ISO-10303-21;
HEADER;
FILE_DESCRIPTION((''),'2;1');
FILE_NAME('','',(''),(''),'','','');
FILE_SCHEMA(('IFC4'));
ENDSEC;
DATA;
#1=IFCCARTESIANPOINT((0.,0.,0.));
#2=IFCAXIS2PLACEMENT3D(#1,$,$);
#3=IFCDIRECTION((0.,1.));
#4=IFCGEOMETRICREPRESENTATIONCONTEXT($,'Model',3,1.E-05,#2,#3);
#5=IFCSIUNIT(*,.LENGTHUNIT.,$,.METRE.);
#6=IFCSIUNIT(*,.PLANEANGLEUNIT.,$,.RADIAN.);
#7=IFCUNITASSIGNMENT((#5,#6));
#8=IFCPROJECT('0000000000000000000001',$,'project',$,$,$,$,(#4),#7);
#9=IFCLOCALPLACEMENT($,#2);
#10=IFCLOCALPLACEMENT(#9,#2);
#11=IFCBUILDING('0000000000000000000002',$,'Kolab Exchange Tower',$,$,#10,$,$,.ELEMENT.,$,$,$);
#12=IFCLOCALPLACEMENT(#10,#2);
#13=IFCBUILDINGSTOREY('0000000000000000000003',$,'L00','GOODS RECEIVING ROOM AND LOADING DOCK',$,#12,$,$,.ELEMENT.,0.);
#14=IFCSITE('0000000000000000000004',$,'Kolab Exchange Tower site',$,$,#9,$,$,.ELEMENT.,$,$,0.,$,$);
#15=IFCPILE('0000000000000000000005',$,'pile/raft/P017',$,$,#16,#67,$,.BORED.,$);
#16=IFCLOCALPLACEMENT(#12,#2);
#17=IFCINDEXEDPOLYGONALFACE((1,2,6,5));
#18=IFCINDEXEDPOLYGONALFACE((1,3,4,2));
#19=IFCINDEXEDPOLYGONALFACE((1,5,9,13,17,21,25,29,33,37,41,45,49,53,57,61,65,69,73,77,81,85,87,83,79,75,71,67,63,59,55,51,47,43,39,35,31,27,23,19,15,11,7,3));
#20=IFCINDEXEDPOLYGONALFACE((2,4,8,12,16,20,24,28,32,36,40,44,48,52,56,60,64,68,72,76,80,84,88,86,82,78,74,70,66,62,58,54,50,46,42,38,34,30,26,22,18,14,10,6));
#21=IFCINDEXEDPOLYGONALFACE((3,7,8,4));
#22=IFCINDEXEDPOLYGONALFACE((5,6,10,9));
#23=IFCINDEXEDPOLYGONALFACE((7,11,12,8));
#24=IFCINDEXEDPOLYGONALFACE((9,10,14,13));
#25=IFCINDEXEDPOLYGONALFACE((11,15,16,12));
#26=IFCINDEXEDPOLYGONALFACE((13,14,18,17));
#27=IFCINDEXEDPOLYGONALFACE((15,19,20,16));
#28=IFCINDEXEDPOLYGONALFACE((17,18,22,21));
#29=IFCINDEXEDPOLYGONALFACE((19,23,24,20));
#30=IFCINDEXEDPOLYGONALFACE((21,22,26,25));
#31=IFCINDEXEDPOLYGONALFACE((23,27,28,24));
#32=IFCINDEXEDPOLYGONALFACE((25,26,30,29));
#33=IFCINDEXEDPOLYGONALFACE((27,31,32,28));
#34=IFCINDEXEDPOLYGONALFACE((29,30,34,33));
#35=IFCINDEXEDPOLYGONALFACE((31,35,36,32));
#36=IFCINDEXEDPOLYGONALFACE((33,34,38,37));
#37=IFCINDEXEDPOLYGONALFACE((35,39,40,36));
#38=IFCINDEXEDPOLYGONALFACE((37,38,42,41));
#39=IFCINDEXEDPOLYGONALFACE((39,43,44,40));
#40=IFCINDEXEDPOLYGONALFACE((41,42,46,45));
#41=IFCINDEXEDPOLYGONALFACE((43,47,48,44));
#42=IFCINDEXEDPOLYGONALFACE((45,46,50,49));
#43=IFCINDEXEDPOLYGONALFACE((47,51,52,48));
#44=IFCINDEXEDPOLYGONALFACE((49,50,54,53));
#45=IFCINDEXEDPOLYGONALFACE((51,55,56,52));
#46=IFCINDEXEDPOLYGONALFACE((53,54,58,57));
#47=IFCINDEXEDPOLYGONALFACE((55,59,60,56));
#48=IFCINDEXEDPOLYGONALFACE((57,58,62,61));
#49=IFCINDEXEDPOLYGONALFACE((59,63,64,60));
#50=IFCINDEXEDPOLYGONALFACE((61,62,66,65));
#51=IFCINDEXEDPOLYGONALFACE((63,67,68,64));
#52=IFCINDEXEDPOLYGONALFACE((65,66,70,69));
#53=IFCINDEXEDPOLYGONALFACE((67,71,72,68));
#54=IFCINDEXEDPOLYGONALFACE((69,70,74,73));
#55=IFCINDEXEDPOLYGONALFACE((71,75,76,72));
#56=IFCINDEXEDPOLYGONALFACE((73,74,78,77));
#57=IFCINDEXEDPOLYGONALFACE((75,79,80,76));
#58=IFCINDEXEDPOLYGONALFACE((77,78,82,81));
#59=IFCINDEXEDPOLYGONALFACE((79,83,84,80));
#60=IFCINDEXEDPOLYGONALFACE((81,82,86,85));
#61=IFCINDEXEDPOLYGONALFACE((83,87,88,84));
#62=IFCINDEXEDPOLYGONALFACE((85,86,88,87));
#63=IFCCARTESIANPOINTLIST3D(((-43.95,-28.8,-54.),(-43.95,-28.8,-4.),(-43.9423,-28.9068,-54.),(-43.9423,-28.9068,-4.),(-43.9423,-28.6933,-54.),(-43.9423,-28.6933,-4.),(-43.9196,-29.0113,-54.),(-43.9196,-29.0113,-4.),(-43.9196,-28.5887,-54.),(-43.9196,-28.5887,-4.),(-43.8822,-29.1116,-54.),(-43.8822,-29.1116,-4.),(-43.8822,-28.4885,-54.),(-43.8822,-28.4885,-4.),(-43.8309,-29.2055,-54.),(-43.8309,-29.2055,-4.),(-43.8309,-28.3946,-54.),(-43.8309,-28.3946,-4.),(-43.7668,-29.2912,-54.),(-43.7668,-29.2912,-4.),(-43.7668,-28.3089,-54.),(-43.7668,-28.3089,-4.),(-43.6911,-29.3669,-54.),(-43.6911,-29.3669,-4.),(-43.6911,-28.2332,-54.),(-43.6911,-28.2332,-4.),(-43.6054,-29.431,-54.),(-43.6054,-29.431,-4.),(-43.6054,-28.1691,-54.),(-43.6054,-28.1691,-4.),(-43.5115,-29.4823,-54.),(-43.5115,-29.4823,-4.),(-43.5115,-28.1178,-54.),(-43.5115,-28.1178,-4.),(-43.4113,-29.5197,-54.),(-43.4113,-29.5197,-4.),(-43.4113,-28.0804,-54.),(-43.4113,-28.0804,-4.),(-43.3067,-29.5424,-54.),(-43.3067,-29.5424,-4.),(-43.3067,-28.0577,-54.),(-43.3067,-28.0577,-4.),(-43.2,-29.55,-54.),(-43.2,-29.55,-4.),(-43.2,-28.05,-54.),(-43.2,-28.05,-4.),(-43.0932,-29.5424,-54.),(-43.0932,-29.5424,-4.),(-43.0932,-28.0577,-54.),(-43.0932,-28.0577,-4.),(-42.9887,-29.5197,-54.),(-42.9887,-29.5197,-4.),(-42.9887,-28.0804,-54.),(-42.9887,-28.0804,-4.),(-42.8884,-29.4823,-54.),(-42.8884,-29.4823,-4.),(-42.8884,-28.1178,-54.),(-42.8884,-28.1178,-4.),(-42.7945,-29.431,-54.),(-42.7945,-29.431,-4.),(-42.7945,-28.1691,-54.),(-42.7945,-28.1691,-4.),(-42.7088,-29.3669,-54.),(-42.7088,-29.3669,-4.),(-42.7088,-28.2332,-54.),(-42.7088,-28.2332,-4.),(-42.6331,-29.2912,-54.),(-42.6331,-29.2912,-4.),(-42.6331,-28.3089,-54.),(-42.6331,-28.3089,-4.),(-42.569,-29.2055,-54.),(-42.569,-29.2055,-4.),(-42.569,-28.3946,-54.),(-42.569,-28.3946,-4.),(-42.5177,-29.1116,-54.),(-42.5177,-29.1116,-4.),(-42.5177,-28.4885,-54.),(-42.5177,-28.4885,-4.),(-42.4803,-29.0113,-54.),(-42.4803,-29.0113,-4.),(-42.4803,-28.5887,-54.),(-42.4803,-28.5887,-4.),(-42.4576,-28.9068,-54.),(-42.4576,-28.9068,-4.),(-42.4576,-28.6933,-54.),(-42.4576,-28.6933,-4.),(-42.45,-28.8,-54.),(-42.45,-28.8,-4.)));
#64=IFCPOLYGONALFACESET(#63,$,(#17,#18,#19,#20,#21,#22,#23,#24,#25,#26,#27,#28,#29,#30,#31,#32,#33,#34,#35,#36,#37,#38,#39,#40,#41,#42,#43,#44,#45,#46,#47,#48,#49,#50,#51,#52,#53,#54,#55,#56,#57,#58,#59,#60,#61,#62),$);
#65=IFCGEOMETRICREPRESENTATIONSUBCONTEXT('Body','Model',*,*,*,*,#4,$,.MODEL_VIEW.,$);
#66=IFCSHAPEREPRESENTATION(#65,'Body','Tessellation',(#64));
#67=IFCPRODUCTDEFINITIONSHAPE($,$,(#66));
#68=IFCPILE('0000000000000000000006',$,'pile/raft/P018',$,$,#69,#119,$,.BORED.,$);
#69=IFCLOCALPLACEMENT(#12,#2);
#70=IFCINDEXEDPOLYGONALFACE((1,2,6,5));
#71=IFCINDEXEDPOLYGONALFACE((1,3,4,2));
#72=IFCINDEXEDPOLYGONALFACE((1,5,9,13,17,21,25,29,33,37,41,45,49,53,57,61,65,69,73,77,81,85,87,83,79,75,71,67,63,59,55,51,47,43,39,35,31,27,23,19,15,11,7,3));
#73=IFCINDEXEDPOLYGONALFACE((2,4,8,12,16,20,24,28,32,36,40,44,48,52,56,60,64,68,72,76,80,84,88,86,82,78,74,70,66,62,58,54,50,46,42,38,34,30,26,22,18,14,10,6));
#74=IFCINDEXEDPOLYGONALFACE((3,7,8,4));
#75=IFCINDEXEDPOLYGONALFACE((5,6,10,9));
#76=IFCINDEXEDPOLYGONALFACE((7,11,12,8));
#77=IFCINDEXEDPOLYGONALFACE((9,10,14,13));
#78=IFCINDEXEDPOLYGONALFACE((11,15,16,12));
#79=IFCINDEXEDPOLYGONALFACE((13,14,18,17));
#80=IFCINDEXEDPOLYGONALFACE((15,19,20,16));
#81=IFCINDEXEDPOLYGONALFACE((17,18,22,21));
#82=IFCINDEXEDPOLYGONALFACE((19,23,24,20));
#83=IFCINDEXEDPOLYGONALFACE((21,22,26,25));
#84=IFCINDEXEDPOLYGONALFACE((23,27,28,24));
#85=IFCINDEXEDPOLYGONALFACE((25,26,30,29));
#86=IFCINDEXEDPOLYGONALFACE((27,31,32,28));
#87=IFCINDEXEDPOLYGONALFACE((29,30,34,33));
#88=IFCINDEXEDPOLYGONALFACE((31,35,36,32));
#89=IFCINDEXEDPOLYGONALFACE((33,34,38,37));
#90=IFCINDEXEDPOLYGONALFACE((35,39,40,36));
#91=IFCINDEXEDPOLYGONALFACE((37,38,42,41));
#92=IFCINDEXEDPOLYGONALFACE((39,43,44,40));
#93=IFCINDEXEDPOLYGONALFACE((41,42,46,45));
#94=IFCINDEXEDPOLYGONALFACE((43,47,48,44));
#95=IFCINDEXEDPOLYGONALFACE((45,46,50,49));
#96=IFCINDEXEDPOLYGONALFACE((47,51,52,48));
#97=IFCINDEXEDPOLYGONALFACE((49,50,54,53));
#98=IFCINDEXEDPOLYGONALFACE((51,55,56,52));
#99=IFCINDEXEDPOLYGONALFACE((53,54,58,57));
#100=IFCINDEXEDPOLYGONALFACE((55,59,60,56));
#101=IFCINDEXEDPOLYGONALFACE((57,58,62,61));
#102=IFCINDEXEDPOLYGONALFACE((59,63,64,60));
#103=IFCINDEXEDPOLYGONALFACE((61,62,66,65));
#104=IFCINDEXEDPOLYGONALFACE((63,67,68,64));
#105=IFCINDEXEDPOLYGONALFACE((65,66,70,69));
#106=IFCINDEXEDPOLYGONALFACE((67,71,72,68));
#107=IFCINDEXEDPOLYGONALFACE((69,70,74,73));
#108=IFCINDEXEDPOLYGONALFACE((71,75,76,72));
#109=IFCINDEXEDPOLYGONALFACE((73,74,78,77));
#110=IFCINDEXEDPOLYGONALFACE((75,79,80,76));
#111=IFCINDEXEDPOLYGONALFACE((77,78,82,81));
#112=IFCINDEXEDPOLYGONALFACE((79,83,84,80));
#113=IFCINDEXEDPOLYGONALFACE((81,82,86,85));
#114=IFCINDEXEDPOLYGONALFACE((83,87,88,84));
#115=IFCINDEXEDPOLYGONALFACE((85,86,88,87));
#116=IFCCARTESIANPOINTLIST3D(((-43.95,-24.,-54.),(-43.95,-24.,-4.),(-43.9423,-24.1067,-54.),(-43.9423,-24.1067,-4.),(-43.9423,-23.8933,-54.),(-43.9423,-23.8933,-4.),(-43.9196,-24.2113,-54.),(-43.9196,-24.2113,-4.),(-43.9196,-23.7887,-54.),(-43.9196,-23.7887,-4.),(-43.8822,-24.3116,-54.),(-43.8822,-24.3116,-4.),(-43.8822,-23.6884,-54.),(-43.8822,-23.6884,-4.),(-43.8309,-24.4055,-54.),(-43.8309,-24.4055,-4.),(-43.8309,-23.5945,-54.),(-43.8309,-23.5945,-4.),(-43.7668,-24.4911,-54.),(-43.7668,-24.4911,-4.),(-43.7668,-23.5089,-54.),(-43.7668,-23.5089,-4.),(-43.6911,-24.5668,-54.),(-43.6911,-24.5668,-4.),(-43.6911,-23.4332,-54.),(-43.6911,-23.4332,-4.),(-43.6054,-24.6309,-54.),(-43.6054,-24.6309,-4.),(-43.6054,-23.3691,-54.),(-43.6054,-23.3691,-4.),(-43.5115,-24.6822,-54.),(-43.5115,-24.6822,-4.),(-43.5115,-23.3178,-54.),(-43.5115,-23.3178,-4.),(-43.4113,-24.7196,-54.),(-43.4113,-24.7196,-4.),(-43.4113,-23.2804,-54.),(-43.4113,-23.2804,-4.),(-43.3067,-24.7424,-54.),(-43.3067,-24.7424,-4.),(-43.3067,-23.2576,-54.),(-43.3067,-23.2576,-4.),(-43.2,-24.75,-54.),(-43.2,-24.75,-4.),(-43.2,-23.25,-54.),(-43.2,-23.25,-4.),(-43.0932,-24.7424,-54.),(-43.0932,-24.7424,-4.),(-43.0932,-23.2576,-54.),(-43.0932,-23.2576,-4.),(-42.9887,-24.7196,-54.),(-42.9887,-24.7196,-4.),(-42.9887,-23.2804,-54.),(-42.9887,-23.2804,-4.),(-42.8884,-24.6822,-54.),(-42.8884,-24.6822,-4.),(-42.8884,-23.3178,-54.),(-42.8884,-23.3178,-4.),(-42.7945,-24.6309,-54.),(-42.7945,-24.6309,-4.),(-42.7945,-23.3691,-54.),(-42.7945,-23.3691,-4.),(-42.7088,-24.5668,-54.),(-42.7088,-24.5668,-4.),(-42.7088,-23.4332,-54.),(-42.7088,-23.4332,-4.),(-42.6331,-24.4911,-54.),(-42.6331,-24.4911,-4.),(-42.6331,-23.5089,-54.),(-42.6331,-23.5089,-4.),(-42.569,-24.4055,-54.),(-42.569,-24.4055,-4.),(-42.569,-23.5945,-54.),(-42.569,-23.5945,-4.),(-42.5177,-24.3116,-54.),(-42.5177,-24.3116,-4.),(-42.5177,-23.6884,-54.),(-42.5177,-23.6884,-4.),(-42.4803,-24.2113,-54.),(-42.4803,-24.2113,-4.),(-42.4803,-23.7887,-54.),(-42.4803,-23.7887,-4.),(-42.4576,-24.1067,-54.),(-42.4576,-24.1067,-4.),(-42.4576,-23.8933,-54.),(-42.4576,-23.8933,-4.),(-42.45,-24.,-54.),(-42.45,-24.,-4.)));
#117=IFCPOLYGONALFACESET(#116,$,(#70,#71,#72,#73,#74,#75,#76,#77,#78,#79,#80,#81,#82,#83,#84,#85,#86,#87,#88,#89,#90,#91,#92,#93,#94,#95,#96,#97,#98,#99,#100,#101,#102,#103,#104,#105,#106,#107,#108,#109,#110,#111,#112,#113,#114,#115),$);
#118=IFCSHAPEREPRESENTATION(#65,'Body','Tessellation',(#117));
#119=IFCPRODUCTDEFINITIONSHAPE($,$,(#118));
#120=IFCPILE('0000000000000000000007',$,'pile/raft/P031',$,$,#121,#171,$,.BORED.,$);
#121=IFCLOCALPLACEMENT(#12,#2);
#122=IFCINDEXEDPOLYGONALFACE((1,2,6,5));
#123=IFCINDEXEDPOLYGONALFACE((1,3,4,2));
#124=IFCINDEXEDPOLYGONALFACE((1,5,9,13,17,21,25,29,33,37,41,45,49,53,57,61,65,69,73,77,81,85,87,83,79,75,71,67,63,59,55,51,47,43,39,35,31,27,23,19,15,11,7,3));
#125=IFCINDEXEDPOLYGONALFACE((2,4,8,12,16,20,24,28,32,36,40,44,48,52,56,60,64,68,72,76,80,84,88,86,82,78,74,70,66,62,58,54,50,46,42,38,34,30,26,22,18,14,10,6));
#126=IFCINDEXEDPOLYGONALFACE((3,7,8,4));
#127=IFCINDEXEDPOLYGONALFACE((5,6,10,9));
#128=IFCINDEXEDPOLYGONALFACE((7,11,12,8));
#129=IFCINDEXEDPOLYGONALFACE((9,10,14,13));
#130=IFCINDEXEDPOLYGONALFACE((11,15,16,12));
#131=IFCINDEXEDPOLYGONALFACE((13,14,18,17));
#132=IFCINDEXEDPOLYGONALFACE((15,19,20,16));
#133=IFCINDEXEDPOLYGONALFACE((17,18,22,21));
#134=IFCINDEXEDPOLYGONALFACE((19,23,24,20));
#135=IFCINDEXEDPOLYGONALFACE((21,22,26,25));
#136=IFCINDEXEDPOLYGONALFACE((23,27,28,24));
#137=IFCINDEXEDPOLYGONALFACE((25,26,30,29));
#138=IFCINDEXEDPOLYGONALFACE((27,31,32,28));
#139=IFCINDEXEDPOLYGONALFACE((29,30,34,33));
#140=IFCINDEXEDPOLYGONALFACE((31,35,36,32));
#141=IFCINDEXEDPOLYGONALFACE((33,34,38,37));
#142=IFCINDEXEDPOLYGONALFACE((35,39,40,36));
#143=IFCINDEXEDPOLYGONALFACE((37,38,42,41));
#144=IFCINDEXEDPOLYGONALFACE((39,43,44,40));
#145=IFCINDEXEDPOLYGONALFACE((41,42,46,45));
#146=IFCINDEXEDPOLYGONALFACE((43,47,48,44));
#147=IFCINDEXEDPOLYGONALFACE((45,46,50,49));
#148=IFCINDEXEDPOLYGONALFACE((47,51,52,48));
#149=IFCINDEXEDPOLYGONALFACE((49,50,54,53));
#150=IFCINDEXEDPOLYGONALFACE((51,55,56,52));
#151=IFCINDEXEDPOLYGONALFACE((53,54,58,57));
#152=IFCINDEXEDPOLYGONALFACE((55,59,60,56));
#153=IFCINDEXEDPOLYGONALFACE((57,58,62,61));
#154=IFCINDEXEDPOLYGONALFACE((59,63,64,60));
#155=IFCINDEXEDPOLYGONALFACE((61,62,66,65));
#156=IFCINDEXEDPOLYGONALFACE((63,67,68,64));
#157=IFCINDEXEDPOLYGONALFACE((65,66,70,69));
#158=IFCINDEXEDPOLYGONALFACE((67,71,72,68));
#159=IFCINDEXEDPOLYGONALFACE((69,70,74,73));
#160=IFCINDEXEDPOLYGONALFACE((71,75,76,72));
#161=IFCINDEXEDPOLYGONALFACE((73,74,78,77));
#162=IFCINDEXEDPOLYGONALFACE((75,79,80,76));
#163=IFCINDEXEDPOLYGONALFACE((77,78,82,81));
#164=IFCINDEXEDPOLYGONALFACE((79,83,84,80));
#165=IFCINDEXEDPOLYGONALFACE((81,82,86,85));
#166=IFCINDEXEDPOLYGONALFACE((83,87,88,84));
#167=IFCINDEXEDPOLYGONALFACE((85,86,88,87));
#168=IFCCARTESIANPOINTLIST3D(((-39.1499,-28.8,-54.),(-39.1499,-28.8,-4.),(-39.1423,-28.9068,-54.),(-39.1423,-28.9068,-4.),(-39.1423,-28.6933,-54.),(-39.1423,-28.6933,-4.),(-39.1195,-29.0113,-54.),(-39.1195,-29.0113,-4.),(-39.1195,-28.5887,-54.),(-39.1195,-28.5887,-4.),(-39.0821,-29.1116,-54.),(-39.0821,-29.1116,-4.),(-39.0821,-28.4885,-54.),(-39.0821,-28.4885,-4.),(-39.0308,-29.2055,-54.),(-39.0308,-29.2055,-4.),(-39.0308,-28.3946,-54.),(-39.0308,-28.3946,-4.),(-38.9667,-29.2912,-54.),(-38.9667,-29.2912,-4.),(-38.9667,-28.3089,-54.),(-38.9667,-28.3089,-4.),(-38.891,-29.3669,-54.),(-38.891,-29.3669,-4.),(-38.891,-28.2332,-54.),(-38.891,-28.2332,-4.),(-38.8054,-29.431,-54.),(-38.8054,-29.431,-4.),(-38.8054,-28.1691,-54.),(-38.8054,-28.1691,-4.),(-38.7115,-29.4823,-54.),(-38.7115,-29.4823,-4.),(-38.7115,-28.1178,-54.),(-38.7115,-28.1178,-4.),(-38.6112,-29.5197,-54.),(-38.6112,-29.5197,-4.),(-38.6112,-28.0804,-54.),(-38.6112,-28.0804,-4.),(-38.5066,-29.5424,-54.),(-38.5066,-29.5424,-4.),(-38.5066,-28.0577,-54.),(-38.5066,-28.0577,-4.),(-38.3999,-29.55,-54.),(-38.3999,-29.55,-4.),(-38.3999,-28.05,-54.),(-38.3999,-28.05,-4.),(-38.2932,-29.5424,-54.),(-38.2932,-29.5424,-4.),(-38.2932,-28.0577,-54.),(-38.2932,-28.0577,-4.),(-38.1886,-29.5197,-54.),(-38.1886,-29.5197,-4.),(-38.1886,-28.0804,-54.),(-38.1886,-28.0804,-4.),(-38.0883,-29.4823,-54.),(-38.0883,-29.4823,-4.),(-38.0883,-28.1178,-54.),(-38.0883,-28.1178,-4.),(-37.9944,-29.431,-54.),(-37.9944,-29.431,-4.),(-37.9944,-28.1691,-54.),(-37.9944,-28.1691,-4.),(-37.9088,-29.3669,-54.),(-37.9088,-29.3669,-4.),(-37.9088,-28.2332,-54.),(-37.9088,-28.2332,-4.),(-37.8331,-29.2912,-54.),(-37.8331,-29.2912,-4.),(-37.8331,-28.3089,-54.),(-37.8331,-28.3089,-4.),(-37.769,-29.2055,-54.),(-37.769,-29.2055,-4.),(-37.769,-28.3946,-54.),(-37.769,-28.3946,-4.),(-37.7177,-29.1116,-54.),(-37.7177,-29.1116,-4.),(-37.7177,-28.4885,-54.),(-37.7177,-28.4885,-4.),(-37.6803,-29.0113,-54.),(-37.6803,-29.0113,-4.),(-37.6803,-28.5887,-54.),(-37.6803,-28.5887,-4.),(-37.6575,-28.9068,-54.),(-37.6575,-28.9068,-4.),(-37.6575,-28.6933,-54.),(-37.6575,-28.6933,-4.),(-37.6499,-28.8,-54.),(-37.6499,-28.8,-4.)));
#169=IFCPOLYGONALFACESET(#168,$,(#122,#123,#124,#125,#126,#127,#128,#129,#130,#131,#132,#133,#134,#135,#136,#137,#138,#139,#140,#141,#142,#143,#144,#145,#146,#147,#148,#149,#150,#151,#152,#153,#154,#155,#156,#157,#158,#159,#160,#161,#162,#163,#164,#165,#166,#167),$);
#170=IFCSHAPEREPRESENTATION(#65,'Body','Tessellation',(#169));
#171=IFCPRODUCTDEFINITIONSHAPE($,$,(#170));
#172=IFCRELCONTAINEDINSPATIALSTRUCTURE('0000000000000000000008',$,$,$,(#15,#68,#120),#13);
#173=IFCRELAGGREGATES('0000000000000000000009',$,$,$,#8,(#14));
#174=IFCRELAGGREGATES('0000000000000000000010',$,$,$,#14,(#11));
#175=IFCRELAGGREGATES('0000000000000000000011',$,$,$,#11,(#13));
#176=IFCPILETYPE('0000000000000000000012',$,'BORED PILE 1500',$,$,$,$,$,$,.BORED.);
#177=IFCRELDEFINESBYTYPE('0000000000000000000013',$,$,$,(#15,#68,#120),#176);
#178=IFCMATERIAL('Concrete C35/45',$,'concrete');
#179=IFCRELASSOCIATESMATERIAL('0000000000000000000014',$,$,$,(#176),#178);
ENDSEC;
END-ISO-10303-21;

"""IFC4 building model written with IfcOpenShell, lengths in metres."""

from ifc_helpers import new_model, si_unit, direction, frame, origin, origin_2d, place, context, subcontext, project, spatial, circle, extrude, material, material_profile, profile_set, type_object, element, save


model = new_model("IFC4")

# Units and contexts
model_context = context("Model", 3, precision=1e-05, world=origin(), true_north=direction((0.0, 1.0)))
body_context = subcontext(model_context, "Body", "Model", "MODEL_VIEW")
ifc_project = project(units=[si_unit("LENGTHUNIT", "METRE"), si_unit("PLANEANGLEUNIT", "RADIAN")], contexts=[model_context])

# Site, building, storey
site_placement = place(None, origin())
site = spatial("IfcSite", under=ifc_project, at=site_placement, Name="Kolab Exchange Tower site", CompositionType="ELEMENT", RefElevation=0.0)
building_placement = place(site_placement, origin())
building = spatial("IfcBuilding", under=site, at=building_placement, Name="Kolab Exchange Tower", CompositionType="ELEMENT")
storey_placement = place(building_placement, origin())
storey = spatial("IfcBuildingStorey", under=building, at=storey_placement, Name="L00", Description="GOODS RECEIVING ROOM AND LOADING DOCK", CompositionType="ELEMENT", Elevation=0.0)

# Piles
ifc_material_1 = material(Name="Concrete C35/45", Category="concrete")
ifc_material_profile_1 = material_profile(ifc_material_1, circle(Radius=0.75, at=origin_2d()), Name="BP1500")
ifc_profile_set_1 = profile_set([ifc_material_profile_1], Name="Concrete C35/45")
pile_type = type_object("IfcPileType", Name="BORED PILE 1500", PredefinedType="BORED", material=ifc_profile_set_1)
for number, where, z_axis, x_axis, name in (
    (1, (-43.2, -28.8, -4.0), (0.0, 0.0, -1.0), (1.0, 0.0, 0.0), "pile/raft/P017"),
    (2, (-43.2, -24.0, -4.0), (0.0, 0.0, -1.0), (1.0, 0.0, 0.0), "pile/raft/P018"),
    (3, (-38.3999, -28.8, -4.0), (0.0, 0.0, -1.0), (1.0, 0.0, 0.0), "pile/raft/P031"),
):
    element("IfcPile", number, at=place(storey_placement, frame(where, z_axis=z_axis, x_axis=x_axis)), inside=storey, type_object=pile_type, Name=name, PredefinedType="BORED", context=body_context, shape_type="SweptSolid", body=[
        extrude(circle(Radius=0.75, at=origin_2d()), origin(), (0.0, 0.0, 1.0), 50.0),
    ])

save(model, "model.ifc")
